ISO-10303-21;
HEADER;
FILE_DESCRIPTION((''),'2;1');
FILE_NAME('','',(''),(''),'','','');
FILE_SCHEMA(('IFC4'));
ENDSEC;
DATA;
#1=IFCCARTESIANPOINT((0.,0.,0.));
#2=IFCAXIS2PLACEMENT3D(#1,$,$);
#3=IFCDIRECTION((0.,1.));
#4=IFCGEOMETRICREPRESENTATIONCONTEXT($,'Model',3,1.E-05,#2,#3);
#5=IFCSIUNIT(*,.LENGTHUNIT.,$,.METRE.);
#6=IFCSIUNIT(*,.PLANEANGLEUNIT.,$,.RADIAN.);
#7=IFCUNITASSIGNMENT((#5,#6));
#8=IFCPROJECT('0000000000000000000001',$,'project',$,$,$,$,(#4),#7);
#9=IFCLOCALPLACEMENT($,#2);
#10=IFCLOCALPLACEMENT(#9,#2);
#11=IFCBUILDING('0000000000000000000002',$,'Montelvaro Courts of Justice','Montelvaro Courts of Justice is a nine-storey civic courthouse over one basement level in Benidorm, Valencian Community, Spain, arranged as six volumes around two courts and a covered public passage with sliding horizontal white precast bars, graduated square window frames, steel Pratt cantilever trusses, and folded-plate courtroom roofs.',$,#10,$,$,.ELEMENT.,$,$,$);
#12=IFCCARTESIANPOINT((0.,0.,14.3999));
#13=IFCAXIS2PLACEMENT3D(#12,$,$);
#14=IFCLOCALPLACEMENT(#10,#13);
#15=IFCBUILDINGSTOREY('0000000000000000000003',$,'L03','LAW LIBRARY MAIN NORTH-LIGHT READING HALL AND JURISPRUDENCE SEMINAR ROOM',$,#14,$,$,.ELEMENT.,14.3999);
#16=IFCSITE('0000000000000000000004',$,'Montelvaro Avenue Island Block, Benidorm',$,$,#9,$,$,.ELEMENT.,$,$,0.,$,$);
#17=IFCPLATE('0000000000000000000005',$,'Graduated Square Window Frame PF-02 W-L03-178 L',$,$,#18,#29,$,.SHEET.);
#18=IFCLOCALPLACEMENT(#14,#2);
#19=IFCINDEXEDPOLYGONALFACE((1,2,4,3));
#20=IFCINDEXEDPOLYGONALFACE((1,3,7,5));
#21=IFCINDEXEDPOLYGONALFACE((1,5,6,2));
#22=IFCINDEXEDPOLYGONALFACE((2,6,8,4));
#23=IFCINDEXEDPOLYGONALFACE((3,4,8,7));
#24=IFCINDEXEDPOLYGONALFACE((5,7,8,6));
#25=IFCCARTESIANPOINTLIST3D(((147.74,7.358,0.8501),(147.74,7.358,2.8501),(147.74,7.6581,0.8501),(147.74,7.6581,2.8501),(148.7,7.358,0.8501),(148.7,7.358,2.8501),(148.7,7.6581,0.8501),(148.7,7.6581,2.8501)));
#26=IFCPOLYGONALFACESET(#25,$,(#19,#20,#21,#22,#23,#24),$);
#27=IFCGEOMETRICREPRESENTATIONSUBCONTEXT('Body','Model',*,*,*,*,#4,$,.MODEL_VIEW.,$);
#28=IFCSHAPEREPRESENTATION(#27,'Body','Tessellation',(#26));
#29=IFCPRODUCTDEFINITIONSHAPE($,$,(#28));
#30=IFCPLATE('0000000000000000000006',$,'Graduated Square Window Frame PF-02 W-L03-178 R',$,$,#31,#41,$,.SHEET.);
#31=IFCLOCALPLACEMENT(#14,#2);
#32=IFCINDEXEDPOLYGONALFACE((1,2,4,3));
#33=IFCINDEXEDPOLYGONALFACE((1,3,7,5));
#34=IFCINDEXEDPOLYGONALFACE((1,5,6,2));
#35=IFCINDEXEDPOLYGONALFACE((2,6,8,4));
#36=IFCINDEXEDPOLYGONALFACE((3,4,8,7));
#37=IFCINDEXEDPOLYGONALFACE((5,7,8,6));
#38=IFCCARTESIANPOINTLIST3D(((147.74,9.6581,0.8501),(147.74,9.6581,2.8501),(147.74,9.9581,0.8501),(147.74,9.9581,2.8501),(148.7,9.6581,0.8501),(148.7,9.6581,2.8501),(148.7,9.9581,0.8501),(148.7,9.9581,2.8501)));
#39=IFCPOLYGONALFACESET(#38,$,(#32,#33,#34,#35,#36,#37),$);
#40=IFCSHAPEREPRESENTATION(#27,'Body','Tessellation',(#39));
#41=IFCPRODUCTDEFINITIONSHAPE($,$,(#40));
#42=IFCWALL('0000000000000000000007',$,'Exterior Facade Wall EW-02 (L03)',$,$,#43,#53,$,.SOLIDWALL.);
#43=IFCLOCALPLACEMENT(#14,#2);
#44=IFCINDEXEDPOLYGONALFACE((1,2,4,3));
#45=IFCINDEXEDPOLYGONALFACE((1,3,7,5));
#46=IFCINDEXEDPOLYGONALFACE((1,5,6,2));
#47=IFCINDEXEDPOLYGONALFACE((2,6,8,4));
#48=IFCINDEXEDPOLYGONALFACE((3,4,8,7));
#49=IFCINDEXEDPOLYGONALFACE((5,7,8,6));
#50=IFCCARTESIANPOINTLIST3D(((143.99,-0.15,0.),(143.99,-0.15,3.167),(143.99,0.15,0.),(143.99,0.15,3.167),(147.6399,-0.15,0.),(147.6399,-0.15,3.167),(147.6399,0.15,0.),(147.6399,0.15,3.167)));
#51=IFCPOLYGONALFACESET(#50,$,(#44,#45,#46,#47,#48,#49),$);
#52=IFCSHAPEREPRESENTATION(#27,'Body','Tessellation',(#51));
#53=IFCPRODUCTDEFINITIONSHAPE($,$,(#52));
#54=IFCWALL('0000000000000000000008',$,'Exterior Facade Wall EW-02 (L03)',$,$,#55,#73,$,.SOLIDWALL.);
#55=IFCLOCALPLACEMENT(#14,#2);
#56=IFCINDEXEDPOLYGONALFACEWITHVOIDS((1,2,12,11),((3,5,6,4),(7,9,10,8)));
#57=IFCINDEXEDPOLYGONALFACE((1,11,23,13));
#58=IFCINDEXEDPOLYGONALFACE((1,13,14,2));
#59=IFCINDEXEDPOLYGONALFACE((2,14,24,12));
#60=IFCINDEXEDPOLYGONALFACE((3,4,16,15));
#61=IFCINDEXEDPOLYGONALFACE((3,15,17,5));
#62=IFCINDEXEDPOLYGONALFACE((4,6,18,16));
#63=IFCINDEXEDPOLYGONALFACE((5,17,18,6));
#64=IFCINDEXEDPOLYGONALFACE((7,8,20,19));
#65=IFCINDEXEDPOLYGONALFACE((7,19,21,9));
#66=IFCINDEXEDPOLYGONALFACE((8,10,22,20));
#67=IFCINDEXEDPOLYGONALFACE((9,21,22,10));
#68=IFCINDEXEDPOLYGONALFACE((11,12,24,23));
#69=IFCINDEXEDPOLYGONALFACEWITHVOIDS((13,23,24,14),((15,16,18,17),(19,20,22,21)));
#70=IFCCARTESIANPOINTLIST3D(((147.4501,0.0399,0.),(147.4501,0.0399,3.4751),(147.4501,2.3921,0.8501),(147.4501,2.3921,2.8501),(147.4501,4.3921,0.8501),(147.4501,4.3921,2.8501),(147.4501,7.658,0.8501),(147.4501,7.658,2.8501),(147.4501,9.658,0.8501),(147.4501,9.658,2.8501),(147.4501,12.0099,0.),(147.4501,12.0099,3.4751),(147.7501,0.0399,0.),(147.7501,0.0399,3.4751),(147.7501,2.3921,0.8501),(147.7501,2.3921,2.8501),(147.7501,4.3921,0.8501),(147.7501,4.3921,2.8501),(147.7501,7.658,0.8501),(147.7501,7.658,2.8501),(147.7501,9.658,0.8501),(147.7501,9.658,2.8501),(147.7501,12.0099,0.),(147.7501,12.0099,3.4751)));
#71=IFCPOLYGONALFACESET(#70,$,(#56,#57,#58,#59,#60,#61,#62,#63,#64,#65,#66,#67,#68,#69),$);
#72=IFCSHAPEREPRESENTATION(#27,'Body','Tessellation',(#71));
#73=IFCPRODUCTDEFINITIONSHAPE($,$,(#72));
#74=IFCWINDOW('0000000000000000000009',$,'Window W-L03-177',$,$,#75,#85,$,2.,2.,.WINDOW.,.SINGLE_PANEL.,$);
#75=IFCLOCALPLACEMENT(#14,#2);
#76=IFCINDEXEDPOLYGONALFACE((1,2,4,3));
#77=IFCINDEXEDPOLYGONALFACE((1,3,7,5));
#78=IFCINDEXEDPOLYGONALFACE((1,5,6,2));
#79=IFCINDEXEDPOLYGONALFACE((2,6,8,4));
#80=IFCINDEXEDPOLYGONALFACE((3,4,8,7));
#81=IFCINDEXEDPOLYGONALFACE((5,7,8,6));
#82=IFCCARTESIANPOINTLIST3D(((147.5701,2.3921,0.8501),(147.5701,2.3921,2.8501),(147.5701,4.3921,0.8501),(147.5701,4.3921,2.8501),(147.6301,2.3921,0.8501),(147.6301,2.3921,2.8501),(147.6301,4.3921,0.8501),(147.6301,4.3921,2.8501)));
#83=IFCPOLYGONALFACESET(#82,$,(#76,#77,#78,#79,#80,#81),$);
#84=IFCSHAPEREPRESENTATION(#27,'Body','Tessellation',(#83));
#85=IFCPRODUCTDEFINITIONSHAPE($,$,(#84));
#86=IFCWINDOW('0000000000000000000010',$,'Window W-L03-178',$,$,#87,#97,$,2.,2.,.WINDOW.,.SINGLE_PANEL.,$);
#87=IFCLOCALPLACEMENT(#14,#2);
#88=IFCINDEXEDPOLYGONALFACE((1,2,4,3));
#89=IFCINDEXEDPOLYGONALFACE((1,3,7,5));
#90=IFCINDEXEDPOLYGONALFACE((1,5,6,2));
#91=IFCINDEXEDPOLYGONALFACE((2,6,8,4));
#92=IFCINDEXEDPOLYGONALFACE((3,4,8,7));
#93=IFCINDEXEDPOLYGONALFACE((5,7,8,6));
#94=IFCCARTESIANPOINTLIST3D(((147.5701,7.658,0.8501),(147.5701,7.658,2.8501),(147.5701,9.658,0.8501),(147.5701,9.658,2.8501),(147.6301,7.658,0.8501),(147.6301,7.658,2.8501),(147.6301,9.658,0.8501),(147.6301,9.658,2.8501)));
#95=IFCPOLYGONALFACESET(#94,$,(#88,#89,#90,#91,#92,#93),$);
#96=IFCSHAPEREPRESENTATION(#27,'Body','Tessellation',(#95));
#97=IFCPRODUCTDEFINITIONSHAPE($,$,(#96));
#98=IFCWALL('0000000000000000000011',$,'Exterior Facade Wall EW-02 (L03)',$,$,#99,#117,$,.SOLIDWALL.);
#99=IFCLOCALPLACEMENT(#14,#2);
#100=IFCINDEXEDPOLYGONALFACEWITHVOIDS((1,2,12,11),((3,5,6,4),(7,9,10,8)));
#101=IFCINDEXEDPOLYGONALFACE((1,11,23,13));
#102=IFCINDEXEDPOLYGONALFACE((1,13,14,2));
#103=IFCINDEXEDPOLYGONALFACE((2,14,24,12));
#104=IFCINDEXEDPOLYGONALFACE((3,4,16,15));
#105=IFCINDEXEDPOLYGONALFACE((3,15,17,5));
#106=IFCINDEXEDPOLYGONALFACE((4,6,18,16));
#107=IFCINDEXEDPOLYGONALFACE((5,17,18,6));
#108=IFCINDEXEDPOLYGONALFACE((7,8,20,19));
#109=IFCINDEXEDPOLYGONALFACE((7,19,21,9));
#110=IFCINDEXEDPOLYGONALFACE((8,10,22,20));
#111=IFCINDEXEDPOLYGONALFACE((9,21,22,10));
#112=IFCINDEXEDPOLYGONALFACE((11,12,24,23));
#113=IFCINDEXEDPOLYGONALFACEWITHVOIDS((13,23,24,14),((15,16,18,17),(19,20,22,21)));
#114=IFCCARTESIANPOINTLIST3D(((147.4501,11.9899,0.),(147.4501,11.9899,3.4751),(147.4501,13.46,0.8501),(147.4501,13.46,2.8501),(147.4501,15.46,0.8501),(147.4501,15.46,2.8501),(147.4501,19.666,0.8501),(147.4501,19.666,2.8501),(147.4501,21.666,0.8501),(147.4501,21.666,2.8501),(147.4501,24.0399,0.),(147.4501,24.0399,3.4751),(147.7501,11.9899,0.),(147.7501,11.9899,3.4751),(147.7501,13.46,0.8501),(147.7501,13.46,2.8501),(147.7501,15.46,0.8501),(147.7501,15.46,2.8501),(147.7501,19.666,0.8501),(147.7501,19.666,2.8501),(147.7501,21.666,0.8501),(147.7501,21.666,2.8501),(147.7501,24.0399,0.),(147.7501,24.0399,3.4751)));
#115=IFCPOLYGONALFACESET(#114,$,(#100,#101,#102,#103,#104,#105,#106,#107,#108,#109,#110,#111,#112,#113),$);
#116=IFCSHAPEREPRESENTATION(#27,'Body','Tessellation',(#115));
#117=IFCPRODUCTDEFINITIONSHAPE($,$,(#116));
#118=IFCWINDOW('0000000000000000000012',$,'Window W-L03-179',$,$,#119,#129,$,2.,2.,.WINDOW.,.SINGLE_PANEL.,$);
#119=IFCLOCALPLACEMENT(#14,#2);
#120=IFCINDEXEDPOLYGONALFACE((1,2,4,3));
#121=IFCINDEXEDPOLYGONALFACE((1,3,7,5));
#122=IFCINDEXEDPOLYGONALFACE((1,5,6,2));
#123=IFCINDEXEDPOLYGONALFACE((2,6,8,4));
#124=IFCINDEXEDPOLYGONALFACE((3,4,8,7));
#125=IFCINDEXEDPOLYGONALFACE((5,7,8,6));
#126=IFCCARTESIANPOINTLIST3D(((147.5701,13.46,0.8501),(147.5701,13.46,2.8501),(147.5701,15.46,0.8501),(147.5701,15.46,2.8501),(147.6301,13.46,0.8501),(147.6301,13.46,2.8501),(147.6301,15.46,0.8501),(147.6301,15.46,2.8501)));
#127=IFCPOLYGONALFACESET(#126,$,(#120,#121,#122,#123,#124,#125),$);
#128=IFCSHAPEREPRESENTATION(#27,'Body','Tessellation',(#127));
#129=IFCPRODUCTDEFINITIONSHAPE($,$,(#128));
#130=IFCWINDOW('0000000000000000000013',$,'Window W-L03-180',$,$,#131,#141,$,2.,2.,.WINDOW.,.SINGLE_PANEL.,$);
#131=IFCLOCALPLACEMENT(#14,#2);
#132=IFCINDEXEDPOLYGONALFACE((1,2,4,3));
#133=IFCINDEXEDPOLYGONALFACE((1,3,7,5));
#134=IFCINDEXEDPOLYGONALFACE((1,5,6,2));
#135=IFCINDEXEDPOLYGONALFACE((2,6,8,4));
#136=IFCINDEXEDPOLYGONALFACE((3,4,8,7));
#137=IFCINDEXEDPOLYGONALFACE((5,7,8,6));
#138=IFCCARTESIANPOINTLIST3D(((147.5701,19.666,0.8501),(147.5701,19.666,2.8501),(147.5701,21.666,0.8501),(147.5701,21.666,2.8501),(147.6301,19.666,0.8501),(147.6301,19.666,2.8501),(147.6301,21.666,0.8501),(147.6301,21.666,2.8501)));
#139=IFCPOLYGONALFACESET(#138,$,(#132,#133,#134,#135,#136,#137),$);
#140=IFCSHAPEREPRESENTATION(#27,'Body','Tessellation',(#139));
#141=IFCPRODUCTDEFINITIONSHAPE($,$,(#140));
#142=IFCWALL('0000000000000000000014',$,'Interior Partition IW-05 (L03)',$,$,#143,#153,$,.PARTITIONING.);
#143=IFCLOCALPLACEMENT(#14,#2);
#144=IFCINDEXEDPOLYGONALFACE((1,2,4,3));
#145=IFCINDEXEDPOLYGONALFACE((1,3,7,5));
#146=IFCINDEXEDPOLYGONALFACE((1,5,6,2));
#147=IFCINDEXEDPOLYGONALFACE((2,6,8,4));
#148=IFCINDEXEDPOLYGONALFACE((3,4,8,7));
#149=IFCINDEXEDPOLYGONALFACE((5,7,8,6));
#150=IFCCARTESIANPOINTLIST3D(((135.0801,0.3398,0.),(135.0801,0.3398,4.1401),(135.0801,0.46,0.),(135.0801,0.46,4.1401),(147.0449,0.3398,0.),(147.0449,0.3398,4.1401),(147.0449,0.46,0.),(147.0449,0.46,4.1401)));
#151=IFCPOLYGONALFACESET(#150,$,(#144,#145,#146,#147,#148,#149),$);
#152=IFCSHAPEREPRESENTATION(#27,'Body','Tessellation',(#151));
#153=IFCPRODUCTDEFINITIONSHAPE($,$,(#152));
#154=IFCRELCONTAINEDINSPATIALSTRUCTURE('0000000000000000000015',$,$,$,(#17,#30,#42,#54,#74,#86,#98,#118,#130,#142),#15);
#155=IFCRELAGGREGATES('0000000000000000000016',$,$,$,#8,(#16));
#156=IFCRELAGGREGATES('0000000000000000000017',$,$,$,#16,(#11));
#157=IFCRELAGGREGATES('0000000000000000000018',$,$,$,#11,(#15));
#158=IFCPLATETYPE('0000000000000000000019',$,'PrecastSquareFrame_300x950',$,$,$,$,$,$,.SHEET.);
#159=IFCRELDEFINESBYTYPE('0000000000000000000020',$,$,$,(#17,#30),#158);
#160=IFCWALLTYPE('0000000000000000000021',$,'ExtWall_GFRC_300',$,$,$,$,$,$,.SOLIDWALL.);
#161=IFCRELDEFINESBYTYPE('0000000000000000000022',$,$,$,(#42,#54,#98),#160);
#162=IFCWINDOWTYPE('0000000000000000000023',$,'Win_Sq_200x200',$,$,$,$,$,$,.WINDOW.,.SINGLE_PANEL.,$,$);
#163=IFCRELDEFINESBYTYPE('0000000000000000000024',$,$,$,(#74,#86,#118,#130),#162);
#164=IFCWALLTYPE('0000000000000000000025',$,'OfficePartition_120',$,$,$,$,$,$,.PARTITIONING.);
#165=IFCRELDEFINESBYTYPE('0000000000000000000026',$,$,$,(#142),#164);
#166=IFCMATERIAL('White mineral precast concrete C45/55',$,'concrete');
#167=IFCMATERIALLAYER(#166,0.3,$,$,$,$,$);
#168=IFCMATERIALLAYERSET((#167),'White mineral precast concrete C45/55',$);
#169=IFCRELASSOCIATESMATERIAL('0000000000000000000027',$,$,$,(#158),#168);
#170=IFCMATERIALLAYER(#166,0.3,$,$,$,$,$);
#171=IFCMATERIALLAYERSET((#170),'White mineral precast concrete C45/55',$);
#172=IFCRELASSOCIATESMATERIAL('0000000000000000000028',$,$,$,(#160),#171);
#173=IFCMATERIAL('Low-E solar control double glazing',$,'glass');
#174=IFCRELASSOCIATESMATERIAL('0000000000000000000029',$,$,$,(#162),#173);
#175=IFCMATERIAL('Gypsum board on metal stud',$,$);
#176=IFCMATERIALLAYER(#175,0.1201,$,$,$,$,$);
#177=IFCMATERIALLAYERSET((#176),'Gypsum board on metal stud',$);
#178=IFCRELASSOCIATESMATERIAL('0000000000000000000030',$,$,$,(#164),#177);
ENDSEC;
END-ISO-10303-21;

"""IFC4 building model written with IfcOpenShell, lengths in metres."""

from ifc_helpers import new_model, si_unit, direction, frame, frame_2d, origin, origin_2d, place, context, subcontext, project, spatial, rectangle, extrude, material, layer, layer_set, type_object, element, fill, save


model = new_model("IFC4")

# Units and contexts
model_context = context("Model", 3, precision=1e-05, world=origin(), true_north=direction((0.0, 1.0)))
body_context = subcontext(model_context, "Body", "Model", "MODEL_VIEW")
ifc_project = project(units=[si_unit("LENGTHUNIT", "METRE"), si_unit("PLANEANGLEUNIT", "RADIAN")], contexts=[model_context])

# Site, building, storey
site_placement = place(None, origin())
site = spatial("IfcSite", under=ifc_project, at=site_placement, Name="Montelvaro Avenue Island Block, Benidorm", CompositionType="ELEMENT", RefElevation=0.0)
building_placement = place(site_placement, origin())
building = spatial("IfcBuilding", under=site, at=building_placement, Name="Montelvaro Courts of Justice", Description="Montelvaro Courts of Justice is a nine-storey civic courthouse over one basement level in Benidorm, Valencian Community, Spain, arranged as six volumes around two courts and a covered public passage with sliding horizontal white precast bars, graduated square window frames, steel Pratt cantilever trusses, and folded-plate courtroom roofs.", CompositionType="ELEMENT")
storey_placement = place(building_placement, frame((0.0, 0.0, 14.3999)))
storey = spatial("IfcBuildingStorey", under=building, at=storey_placement, Name="L03", Description="LAW LIBRARY MAIN NORTH-LIGHT READING HALL AND JURISPRUDENCE SEMINAR ROOM", CompositionType="ELEMENT", Elevation=14.3999)

# Plates
ifc_material_1 = material(Name="White mineral precast concrete C45/55", Category="concrete")
ifc_layer_1 = layer(ifc_material_1, 0.3)
ifc_layer_set_1 = layer_set([ifc_layer_1], Name="White mineral precast concrete C45/55")
plate_type_1 = type_object("IfcPlateType", Name="PrecastSquareFrame_300x950", PredefinedType="SHEET", material=ifc_layer_set_1)
for number, where, z_axis, x_axis, name in (
    (1, (148.22, 7.5081, 0.8501), (0.0, 0.0, 1.0), (0.0, 1.0, 0.0), "Graduated Square Window Frame PF-02 W-L03-178 L"),
    (2, (148.22, 9.8081, 0.8501), (0.0, 0.0, 1.0), (0.0, 1.0, 0.0), "Graduated Square Window Frame PF-02 W-L03-178 R"),
):
    element("IfcPlate", number, at=place(storey_placement, frame(where, z_axis=z_axis, x_axis=x_axis)), inside=storey, type_object=plate_type_1, Name=name, PredefinedType="SHEET", context=body_context, shape_type="SweptSolid", body=[
        extrude(rectangle(XDim=0.3, YDim=0.96, at=origin_2d()), origin(), (0.0, 0.0, 1.0), 2.0),
    ])

# Wall
ifc_layer_2 = layer(ifc_material_1, 0.3)
ifc_layer_set_2 = layer_set([ifc_layer_2], Name="White mineral precast concrete C45/55")
wall_type_1 = type_object("IfcWallType", Name="ExtWall_GFRC_300", PredefinedType="SOLIDWALL", material=ifc_layer_set_2)
wall_1_placement = place(storey_placement, frame((143.99, 0.0, 0.0), z_axis=(0.0, 0.0, 1.0), x_axis=(1.0, 0.0, 0.0)))
element("IfcWall", 3, at=wall_1_placement, inside=storey, type_object=wall_type_1, Name="Exterior Facade Wall EW-02 (L03)", PredefinedType="SOLIDWALL", context=body_context, shape_type="SweptSolid", body=[
    extrude(rectangle(XDim=3.6499, YDim=0.3, at=frame_2d((1.825, 0.0))), origin(), (0.0, 0.0, 1.0), 3.167),
])

# Walls, openings, windows
wall_2_placement = place(storey_placement, frame((147.6001, 0.04, 0.0), z_axis=(0.0, 0.0, 1.0), x_axis=(0.0, 1.0, 0.0)))
wall_2 = element("IfcWall", 4, at=wall_2_placement, inside=storey, type_object=wall_type_1, Name="Exterior Facade Wall EW-02 (L03)", PredefinedType="SOLIDWALL", context=body_context, shape_type="SweptSolid", body=[
    extrude(rectangle(XDim=11.97, YDim=0.3, at=frame_2d((5.9849, 0.0))), origin(), (0.0, 0.0, 1.0), 3.4751),
])
opening_1_placement = place(wall_2_placement, frame((2.3521, 0.0, 0.8501)))
opening_1 = element("IfcOpeningElement", 5, at=opening_1_placement, cuts=wall_2, PredefinedType="OPENING", context=body_context, shape_type="SweptSolid", body=[
    extrude(rectangle(XDim=2.0, YDim=2.0, at=frame_2d((1.0, 1.0))), frame((0.0, 0.165, 0.0), z_axis=(0.0, -1.0, 0.0), x_axis=(1.0, 0.0, 0.0)), (0.0, 0.0, 1.0), 0.3298),
])
opening_2_placement = place(wall_2_placement, frame((7.6179, 0.0, 0.8501)))
opening_2 = element("IfcOpeningElement", 6, at=opening_2_placement, cuts=wall_2, PredefinedType="OPENING", context=body_context, shape_type="SweptSolid", body=[
    extrude(rectangle(XDim=2.0, YDim=2.0, at=frame_2d((1.0, 1.0))), frame((0.0, 0.165, 0.0), z_axis=(0.0, -1.0, 0.0), x_axis=(1.0, 0.0, 0.0)), (0.0, 0.0, 1.0), 0.3298),
])
ifc_material_2 = material(Name="Low-E solar control double glazing", Category="glass")
window_type = type_object("IfcWindowType", Name="Win_Sq_200x200", PartitioningType="SINGLE_PANEL", PredefinedType="WINDOW", material=ifc_material_2)
window_1_placement = place(opening_1_placement, origin())
window_1 = element("IfcWindow", 7, at=window_1_placement, inside=storey, type_object=window_type, Name="Window W-L03-177", OverallHeight=2.0, OverallWidth=2.0, PartitioningType="SINGLE_PANEL", PredefinedType="WINDOW", context=body_context, shape_type="SweptSolid", body=[
    extrude(rectangle(XDim=2.0, YDim=2.0, at=frame_2d((1.0, 1.0))), frame((0.0, 0.03, 0.0), z_axis=(0.0, -1.0, 0.0), x_axis=(1.0, 0.0, 0.0)), (0.0, 0.0, 1.0), 0.0601),
])
fill(opening_1, window_1)
window_2_placement = place(opening_2_placement, origin())
window_2 = element("IfcWindow", 8, at=window_2_placement, inside=storey, type_object=window_type, Name="Window W-L03-178", OverallHeight=2.0, OverallWidth=2.0, PartitioningType="SINGLE_PANEL", PredefinedType="WINDOW", context=body_context, shape_type="SweptSolid", body=[
    extrude(rectangle(XDim=2.0, YDim=2.0, at=frame_2d((1.0, 1.0))), frame((0.0, 0.03, 0.0), z_axis=(0.0, -1.0, 0.0), x_axis=(1.0, 0.0, 0.0)), (0.0, 0.0, 1.0), 0.0601),
])
fill(opening_2, window_2)
wall_3_placement = place(storey_placement, frame((147.6001, 11.99, 0.0), z_axis=(0.0, 0.0, 1.0), x_axis=(0.0, 1.0, 0.0)))
wall_3 = element("IfcWall", 9, at=wall_3_placement, inside=storey, type_object=wall_type_1, Name="Exterior Facade Wall EW-02 (L03)", PredefinedType="SOLIDWALL", context=body_context, shape_type="SweptSolid", body=[
    extrude(rectangle(XDim=12.05, YDim=0.3, at=frame_2d((6.0249, 0.0))), origin(), (0.0, 0.0, 1.0), 3.4751),
])
opening_3_placement = place(wall_3_placement, frame((1.47, 0.0, 0.8501)))
opening_3 = element("IfcOpeningElement", 10, at=opening_3_placement, cuts=wall_3, PredefinedType="OPENING", context=body_context, shape_type="SweptSolid", body=[
    extrude(rectangle(XDim=2.0, YDim=2.0, at=frame_2d((1.0, 1.0))), frame((0.0, 0.165, 0.0), z_axis=(0.0, -1.0, 0.0), x_axis=(1.0, 0.0, 0.0)), (0.0, 0.0, 1.0), 0.3298),
])
opening_4_placement = place(wall_3_placement, frame((7.676, 0.0, 0.8501)))
opening_4 = element("IfcOpeningElement", 11, at=opening_4_placement, cuts=wall_3, PredefinedType="OPENING", context=body_context, shape_type="SweptSolid", body=[
    extrude(rectangle(XDim=2.0, YDim=2.0, at=frame_2d((1.0, 1.0))), frame((0.0, 0.165, 0.0), z_axis=(0.0, -1.0, 0.0), x_axis=(1.0, 0.0, 0.0)), (0.0, 0.0, 1.0), 0.3298),
])
window_3_placement = place(opening_3_placement, origin())
window_3 = element("IfcWindow", 12, at=window_3_placement, inside=storey, type_object=window_type, Name="Window W-L03-179", OverallHeight=2.0, OverallWidth=2.0, PartitioningType="SINGLE_PANEL", PredefinedType="WINDOW", context=body_context, shape_type="SweptSolid", body=[
    extrude(rectangle(XDim=2.0, YDim=2.0, at=frame_2d((1.0, 1.0))), frame((0.0, 0.03, 0.0), z_axis=(0.0, -1.0, 0.0), x_axis=(1.0, 0.0, 0.0)), (0.0, 0.0, 1.0), 0.0601),
])
fill(opening_3, window_3)
window_4_placement = place(opening_4_placement, origin())
window_4 = element("IfcWindow", 13, at=window_4_placement, inside=storey, type_object=window_type, Name="Window W-L03-180", OverallHeight=2.0, OverallWidth=2.0, PartitioningType="SINGLE_PANEL", PredefinedType="WINDOW", context=body_context, shape_type="SweptSolid", body=[
    extrude(rectangle(XDim=2.0, YDim=2.0, at=frame_2d((1.0, 1.0))), frame((0.0, 0.03, 0.0), z_axis=(0.0, -1.0, 0.0), x_axis=(1.0, 0.0, 0.0)), (0.0, 0.0, 1.0), 0.0601),
])
fill(opening_4, window_4)

# Wall
ifc_material_3 = material(Name="Gypsum board on metal stud")
ifc_layer_3 = layer(ifc_material_3, 0.1201)
ifc_layer_set_3 = layer_set([ifc_layer_3], Name="Gypsum board on metal stud")
wall_type_2 = type_object("IfcWallType", Name="OfficePartition_120", PredefinedType="PARTITIONING", material=ifc_layer_set_3)
wall_4_placement = place(storey_placement, frame((147.0449, 0.3999, 0.0), z_axis=(0.0, 0.0, 1.0), x_axis=(-1.0, 0.0, 0.0)))
element("IfcWall", 14, at=wall_4_placement, inside=storey, type_object=wall_type_2, Name="Interior Partition IW-05 (L03)", PredefinedType="PARTITIONING", context=body_context, shape_type="SweptSolid", body=[
    extrude(rectangle(XDim=11.9648, YDim=0.1201, at=frame_2d((5.9824, 0.0))), origin(), (0.0, 0.0, 1.0), 4.1401),
])

save(model, "model.ifc")
